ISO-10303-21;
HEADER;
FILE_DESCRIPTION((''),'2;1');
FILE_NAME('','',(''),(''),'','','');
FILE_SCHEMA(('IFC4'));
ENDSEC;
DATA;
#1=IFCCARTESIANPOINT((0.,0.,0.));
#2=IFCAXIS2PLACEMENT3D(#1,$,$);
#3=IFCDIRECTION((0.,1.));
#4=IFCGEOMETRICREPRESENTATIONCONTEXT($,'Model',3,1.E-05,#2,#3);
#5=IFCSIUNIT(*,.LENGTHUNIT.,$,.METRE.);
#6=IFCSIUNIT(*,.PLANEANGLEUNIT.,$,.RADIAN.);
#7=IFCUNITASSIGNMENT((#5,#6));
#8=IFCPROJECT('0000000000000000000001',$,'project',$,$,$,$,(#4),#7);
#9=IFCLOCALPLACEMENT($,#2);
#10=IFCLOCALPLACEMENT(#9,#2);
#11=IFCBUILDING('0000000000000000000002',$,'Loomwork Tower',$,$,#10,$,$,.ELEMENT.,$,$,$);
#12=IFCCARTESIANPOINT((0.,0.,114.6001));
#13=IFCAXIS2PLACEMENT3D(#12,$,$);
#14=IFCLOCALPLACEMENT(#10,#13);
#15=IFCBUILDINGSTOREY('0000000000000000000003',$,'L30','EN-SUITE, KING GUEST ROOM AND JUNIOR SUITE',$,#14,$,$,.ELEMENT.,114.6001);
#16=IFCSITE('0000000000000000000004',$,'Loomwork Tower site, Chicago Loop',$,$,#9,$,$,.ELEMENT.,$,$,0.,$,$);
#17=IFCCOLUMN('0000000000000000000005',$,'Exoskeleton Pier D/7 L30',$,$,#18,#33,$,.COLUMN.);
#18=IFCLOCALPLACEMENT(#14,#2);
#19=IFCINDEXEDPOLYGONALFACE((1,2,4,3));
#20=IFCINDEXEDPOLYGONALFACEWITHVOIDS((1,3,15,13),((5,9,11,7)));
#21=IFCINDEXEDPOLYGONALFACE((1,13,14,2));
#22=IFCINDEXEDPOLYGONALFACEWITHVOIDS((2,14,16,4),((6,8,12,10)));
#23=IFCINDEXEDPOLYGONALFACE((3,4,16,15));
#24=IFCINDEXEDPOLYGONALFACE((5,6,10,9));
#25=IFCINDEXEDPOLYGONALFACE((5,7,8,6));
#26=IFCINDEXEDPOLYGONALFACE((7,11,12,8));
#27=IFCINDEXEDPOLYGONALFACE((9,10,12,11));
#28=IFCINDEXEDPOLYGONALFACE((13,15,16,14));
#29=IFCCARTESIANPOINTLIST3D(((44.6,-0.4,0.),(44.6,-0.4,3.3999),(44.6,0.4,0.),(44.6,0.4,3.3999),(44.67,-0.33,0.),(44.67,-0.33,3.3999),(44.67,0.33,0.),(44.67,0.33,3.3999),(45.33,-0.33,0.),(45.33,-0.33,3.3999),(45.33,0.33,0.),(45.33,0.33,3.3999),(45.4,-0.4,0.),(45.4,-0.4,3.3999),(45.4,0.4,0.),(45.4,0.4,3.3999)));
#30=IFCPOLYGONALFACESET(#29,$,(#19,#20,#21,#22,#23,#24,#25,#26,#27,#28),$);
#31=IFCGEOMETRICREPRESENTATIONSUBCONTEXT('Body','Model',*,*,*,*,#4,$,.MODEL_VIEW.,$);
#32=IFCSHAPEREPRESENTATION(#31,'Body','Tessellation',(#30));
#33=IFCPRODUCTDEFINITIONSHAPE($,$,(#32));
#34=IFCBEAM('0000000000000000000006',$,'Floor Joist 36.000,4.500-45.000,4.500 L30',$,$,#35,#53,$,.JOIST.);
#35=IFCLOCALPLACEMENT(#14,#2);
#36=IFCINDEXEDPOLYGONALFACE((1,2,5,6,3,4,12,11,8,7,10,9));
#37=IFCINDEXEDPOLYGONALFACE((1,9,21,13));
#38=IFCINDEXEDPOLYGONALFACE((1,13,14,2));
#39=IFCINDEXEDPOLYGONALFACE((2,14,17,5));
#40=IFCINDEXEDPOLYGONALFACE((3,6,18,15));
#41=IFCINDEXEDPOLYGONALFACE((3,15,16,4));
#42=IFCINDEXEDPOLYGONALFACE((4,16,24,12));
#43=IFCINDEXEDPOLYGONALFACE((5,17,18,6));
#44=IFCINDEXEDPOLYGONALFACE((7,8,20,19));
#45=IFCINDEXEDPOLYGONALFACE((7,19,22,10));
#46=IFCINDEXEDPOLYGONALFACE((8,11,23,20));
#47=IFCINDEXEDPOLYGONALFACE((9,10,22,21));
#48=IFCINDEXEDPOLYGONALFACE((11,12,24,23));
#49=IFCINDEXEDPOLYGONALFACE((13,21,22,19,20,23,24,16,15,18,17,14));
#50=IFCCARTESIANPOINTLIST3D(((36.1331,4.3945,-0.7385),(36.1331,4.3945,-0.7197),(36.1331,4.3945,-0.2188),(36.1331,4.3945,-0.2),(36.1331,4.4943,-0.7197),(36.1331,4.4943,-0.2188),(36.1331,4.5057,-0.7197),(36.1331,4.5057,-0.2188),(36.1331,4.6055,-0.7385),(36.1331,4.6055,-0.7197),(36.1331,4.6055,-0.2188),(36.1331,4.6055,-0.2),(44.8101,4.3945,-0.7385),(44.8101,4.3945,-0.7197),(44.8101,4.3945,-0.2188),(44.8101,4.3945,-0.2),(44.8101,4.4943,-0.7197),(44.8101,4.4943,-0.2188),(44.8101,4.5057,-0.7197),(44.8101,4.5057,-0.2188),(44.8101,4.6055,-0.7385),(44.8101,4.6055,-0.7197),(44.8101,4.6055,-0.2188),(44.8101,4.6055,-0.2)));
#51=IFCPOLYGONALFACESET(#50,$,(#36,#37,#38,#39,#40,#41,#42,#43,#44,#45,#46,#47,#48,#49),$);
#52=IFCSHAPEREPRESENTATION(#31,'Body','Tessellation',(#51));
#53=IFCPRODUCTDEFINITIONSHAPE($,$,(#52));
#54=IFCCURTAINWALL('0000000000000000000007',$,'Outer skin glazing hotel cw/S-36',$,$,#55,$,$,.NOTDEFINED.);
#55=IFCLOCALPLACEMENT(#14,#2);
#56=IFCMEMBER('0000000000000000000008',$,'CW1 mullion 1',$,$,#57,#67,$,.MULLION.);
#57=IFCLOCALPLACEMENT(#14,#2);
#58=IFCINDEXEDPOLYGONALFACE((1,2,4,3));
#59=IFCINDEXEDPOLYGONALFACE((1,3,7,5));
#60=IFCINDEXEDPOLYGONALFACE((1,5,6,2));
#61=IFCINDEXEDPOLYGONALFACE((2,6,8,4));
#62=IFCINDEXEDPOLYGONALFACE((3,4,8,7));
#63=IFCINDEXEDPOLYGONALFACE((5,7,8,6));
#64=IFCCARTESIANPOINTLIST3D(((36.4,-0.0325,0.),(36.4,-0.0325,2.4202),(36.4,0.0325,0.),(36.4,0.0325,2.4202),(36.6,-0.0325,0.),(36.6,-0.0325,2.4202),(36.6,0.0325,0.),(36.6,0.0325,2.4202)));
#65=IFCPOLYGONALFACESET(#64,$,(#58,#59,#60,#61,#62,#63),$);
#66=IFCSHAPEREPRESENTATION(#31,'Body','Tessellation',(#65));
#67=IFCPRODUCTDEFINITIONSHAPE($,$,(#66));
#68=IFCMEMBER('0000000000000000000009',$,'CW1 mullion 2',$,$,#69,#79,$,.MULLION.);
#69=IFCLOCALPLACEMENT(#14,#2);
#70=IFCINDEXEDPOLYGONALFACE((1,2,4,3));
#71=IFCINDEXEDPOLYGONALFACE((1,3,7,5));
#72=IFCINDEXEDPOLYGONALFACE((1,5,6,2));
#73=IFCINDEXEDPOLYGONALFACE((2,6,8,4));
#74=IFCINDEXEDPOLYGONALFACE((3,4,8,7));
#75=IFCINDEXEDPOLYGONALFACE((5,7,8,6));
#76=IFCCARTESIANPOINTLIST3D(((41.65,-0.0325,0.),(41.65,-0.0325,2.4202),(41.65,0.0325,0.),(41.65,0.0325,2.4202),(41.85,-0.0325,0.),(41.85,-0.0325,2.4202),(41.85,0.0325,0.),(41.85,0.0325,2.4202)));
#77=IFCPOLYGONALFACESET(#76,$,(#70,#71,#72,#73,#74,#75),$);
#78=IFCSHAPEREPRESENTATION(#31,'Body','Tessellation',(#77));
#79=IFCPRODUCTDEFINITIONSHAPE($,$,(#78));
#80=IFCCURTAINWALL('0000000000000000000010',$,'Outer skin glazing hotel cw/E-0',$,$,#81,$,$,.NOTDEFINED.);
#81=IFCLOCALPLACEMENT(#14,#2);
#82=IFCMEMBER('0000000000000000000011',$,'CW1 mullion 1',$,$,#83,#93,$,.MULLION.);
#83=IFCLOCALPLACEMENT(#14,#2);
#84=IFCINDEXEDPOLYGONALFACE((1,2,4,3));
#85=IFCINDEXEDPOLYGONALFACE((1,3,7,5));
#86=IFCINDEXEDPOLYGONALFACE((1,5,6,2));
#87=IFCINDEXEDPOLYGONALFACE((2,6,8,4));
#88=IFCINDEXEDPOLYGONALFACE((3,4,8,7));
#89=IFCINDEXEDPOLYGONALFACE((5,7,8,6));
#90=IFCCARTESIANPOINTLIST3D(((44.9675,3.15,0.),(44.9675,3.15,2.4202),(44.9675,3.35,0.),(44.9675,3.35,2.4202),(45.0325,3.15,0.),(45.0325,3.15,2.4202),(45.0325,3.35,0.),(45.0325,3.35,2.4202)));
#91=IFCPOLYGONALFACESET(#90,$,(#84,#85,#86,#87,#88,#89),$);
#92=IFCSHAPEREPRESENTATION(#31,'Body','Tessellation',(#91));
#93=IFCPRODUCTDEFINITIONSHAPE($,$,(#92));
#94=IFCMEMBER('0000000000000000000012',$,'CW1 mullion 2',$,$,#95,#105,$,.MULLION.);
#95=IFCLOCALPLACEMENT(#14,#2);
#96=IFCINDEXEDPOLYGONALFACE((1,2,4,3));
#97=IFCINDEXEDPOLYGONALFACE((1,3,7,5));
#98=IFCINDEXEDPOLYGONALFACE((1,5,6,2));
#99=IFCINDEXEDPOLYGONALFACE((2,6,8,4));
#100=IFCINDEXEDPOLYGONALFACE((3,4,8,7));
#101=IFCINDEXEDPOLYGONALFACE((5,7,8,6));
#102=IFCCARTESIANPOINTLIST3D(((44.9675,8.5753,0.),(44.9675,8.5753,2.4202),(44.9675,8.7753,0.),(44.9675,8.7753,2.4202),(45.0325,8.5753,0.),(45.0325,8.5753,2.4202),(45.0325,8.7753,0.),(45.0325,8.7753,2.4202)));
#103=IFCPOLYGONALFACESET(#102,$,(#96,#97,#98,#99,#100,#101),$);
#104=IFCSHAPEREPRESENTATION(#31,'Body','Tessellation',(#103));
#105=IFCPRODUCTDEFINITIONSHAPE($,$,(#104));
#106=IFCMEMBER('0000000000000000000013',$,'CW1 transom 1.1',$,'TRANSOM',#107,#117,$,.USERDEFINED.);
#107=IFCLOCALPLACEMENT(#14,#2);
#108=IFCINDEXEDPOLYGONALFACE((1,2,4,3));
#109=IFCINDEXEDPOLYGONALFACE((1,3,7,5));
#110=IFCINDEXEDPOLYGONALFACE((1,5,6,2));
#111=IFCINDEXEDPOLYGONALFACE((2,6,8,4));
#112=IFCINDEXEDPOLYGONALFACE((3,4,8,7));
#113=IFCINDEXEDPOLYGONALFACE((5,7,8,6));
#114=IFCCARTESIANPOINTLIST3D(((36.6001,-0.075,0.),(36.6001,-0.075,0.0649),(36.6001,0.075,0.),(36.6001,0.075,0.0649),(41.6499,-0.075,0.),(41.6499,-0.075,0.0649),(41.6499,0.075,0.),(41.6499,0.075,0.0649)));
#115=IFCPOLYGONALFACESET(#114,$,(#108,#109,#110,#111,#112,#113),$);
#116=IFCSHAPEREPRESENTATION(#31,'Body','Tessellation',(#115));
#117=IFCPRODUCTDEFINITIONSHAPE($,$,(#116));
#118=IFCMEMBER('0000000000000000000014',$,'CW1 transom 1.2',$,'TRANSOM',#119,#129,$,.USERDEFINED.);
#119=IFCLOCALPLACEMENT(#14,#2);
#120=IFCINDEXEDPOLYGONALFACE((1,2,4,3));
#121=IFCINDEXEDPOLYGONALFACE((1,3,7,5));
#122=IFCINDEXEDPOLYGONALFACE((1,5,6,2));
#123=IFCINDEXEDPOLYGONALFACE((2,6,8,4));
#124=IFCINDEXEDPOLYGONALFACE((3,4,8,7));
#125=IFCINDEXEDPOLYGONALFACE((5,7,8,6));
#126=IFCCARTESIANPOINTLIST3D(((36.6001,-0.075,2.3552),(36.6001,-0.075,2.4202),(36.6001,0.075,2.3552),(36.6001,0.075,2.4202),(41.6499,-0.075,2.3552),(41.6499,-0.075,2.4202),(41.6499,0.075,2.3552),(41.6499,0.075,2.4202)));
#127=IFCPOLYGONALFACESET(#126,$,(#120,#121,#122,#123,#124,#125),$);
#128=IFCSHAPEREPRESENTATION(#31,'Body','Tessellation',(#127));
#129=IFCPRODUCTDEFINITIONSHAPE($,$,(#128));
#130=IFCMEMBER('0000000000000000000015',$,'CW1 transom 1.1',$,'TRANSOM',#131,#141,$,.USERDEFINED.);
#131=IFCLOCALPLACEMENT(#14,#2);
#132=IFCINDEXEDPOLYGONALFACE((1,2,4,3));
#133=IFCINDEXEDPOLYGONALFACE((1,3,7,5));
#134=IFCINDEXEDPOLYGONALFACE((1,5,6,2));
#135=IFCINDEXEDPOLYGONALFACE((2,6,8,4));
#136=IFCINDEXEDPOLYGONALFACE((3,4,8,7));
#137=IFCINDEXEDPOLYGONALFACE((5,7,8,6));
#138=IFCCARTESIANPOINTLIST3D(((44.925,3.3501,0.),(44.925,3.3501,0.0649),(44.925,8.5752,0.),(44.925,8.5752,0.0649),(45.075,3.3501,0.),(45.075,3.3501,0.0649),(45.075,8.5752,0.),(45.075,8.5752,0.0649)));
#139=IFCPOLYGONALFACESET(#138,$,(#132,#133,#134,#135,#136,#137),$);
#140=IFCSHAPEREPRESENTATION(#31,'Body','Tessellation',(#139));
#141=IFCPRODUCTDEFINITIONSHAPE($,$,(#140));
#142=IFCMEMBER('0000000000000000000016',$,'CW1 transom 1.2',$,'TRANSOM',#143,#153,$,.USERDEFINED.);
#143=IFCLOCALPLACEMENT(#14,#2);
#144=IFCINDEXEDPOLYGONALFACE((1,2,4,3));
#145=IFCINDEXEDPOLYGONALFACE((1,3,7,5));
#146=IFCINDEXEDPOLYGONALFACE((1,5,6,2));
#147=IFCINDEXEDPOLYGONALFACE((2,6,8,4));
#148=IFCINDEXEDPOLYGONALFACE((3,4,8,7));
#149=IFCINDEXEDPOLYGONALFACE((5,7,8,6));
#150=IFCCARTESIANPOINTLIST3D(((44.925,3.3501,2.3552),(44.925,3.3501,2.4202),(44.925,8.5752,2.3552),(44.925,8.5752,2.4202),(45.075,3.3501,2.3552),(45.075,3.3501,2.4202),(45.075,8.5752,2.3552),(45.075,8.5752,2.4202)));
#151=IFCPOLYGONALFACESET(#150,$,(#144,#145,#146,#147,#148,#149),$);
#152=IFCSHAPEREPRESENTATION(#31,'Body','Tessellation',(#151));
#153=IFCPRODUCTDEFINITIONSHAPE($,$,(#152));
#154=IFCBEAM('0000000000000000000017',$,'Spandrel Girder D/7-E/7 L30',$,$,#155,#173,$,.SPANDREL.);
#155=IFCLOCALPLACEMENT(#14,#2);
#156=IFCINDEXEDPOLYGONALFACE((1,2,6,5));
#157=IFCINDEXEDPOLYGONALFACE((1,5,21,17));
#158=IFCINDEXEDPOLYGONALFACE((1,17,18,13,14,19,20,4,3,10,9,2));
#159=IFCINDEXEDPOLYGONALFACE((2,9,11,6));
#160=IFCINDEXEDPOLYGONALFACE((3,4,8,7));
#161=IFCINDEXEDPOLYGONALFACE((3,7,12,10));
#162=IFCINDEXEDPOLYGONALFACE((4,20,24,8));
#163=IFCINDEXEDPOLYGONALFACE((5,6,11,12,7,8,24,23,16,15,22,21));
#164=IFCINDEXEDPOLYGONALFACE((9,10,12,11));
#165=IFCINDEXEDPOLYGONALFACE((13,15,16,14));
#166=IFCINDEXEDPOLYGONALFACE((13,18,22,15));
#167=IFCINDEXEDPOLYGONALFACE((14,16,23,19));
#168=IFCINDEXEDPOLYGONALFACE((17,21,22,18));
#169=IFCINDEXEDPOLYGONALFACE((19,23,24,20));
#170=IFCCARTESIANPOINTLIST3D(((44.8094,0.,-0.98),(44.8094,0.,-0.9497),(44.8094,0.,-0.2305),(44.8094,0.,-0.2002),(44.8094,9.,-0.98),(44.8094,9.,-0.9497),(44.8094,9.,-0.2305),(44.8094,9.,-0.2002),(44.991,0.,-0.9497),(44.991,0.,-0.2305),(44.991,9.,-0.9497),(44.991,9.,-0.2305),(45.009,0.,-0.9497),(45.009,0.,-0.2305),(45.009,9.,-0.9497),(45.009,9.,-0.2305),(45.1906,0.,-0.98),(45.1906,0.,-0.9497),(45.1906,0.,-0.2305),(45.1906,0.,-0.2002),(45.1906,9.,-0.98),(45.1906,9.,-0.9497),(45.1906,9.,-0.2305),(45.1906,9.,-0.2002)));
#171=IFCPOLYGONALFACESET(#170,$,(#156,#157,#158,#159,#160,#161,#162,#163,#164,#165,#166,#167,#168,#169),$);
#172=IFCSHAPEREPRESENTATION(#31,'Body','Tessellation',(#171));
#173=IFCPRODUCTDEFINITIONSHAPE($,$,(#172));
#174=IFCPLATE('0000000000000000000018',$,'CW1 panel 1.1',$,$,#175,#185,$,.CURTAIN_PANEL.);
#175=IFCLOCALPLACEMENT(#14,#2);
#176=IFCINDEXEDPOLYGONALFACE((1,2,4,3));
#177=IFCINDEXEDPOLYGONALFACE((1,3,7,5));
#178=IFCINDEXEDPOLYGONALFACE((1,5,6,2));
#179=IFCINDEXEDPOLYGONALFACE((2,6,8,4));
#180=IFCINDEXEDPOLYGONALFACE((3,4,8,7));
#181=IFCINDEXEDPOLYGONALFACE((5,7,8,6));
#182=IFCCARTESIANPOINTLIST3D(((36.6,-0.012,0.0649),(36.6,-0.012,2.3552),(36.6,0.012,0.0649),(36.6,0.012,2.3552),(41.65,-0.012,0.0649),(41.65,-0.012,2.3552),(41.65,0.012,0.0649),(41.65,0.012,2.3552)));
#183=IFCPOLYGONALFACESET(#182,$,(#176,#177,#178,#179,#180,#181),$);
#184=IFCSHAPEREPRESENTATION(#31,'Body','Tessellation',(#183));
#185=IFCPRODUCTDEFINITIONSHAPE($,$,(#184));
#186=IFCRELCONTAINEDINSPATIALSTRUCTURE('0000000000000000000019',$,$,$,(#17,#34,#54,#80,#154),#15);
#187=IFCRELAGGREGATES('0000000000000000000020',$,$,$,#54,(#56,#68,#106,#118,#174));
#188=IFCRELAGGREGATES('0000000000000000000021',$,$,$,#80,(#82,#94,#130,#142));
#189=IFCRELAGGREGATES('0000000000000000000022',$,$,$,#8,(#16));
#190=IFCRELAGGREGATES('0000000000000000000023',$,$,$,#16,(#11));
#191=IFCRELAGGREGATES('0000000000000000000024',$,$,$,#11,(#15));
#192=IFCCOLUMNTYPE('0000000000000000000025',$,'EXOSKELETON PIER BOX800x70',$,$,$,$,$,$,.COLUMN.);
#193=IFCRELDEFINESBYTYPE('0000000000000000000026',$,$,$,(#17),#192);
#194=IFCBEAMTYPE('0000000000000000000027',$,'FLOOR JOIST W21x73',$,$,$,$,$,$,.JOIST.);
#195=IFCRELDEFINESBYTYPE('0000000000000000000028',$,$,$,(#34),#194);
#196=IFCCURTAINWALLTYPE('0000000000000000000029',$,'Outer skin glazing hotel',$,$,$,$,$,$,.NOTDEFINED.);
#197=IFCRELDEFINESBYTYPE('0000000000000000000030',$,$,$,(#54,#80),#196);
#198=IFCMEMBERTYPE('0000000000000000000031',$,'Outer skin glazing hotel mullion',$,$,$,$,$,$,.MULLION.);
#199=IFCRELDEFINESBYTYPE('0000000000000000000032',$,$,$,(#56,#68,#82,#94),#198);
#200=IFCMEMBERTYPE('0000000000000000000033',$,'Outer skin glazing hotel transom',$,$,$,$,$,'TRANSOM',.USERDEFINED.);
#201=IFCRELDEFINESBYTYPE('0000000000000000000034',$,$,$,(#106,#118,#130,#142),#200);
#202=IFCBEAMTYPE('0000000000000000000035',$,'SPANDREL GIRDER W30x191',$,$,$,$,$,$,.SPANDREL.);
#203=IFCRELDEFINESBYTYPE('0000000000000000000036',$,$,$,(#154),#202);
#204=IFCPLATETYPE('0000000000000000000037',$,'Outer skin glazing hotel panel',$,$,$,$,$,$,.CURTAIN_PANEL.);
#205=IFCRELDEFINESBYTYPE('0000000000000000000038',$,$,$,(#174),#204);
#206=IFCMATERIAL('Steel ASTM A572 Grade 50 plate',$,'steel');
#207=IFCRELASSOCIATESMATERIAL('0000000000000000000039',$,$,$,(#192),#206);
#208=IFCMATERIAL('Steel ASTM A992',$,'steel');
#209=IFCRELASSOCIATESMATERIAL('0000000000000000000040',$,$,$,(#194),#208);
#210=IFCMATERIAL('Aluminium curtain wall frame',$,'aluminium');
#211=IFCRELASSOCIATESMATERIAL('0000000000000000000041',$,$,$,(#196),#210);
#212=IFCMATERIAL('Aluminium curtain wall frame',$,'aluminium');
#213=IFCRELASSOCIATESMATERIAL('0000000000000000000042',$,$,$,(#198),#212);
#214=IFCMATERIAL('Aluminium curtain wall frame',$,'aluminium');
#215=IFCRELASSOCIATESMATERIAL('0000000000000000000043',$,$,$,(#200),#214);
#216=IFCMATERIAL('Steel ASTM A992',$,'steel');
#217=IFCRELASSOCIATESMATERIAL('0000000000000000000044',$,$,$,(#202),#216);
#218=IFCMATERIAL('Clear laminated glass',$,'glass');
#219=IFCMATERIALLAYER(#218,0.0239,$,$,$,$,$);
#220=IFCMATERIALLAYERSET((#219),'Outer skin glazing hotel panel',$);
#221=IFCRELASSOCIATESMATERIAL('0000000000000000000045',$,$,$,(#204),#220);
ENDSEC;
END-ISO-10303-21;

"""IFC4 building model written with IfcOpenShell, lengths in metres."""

from ifc_helpers import new_model, si_unit, direction, frame, origin, origin_2d, place, context, subcontext, project, spatial, rectangle, hollow_rectangle, i_section, extrude, material, layer, layer_set, material_profile, profile_set, type_object, element, aggregate, save


model = new_model("IFC4")

# Units and contexts
model_context = context("Model", 3, precision=1e-05, world=origin(), true_north=direction((0.0, 1.0)))
body_context = subcontext(model_context, "Body", "Model", "MODEL_VIEW")
ifc_project = project(units=[si_unit("LENGTHUNIT", "METRE"), si_unit("PLANEANGLEUNIT", "RADIAN")], contexts=[model_context])

# Site, building, storey
site_placement = place(None, origin())
site = spatial("IfcSite", under=ifc_project, at=site_placement, Name="Loomwork Tower site, Chicago Loop", CompositionType="ELEMENT", RefElevation=0.0)
building_placement = place(site_placement, origin())
building = spatial("IfcBuilding", under=site, at=building_placement, Name="Loomwork Tower", CompositionType="ELEMENT")
storey_placement = place(building_placement, frame((0.0, 0.0, 114.6001)))
storey = spatial("IfcBuildingStorey", under=building, at=storey_placement, Name="L30", Description="EN-SUITE, KING GUEST ROOM AND JUNIOR SUITE", CompositionType="ELEMENT", Elevation=114.6001)

# Column
ifc_material_1 = material(Name="Steel ASTM A572 Grade 50 plate", Category="steel")
ifc_material_profile_1 = material_profile(ifc_material_1, hollow_rectangle(XDim=0.8, YDim=0.8, WallThickness=0.0701, at=origin_2d()), Name="BOX800x70")
ifc_profile_set_1 = profile_set([ifc_material_profile_1], Name="Steel ASTM A572 Grade 50 plate")
column_type = type_object("IfcColumnType", Name="EXOSKELETON PIER BOX800x70", PredefinedType="COLUMN", material=ifc_profile_set_1)
column_placement = place(storey_placement, frame((45.0, 0.0, 0.0), z_axis=(0.0, 0.0, 1.0), x_axis=(1.0, 0.0, 0.0)))
element("IfcColumn", 1, at=column_placement, inside=storey, type_object=column_type, Name="Exoskeleton Pier D/7 L30", PredefinedType="COLUMN", context=body_context, shape_type="SweptSolid", body=[
    extrude(hollow_rectangle(XDim=0.8, YDim=0.8, WallThickness=0.0701, at=origin_2d()), origin(), (0.0, 0.0, 1.0), 3.3999),
])

# Beam
ifc_material_2 = material(Name="Steel ASTM A992", Category="steel")
ifc_material_profile_2 = material_profile(ifc_material_2, i_section(OverallWidth=0.2109, OverallDepth=0.5386, WebThickness=0.0115, FlangeThickness=0.0188, at=origin_2d()), Name="W21x73")
ifc_profile_set_2 = profile_set([ifc_material_profile_2], Name="Steel ASTM A992")
beam_type_1 = type_object("IfcBeamType", Name="FLOOR JOIST W21x73", PredefinedType="JOIST", material=ifc_profile_set_2)
beam_1_placement = place(storey_placement, frame((36.1331, 4.5, -0.4692), z_axis=(1.0, 0.0, 0.0), x_axis=(0.0, 1.0, 0.0)))
element("IfcBeam", 2, at=beam_1_placement, inside=storey, type_object=beam_type_1, Name="Floor Joist 36.000,4.500-45.000,4.500 L30", PredefinedType="JOIST", context=body_context, shape_type="SweptSolid", body=[
    extrude(i_section(OverallWidth=0.2109, OverallDepth=0.5386, WebThickness=0.0115, FlangeThickness=0.0188, at=origin_2d()), origin(), (0.0, 0.0, 1.0), 8.677),
])

# Curtain walls, members
ifc_material_3 = material(Name="Aluminium curtain wall frame", Category="aluminium")
curtain_wall_type = type_object("IfcCurtainWallType", Name="Outer skin glazing hotel", PredefinedType="NOTDEFINED", material=ifc_material_3)
curtain_wall_1_placement = place(storey_placement, origin())
curtain_wall_1 = element("IfcCurtainWall", 3, at=curtain_wall_1_placement, inside=storey, type_object=curtain_wall_type, Name="Outer skin glazing hotel cw/S-36", PredefinedType="NOTDEFINED")
ifc_material_4 = material(Name="Aluminium curtain wall frame", Category="aluminium")
ifc_material_profile_3 = material_profile(ifc_material_4, rectangle(XDim=0.0649, YDim=0.2, at=origin_2d()), Name="AL 65x200")
ifc_profile_set_3 = profile_set([ifc_material_profile_3], Name="Aluminium curtain wall frame")
member_type_1 = type_object("IfcMemberType", Name="Outer skin glazing hotel mullion", PredefinedType="MULLION", material=ifc_profile_set_3)
member_1_placement = place(storey_placement, frame((36.5, 0.0, 0.0), z_axis=(0.0, 0.0, 1.0), x_axis=(0.0, 1.0, 0.0)))
member_1 = element("IfcMember", 4, at=member_1_placement, type_object=member_type_1, Name="CW1 mullion 1", PredefinedType="MULLION", context=body_context, shape_type="SweptSolid", body=[
    extrude(rectangle(XDim=0.0649, YDim=0.2, at=origin_2d()), origin(), (0.0, 0.0, 1.0), 2.4202),
])
member_2_placement = place(storey_placement, frame((41.75, 0.0, 0.0), z_axis=(0.0, 0.0, 1.0), x_axis=(0.0, 1.0, 0.0)))
member_2 = element("IfcMember", 5, at=member_2_placement, type_object=member_type_1, Name="CW1 mullion 2", PredefinedType="MULLION", context=body_context, shape_type="SweptSolid", body=[
    extrude(rectangle(XDim=0.0649, YDim=0.2, at=origin_2d()), origin(), (0.0, 0.0, 1.0), 2.4202),
])
curtain_wall_2_placement = place(storey_placement, origin())
curtain_wall_2 = element("IfcCurtainWall", 6, at=curtain_wall_2_placement, inside=storey, type_object=curtain_wall_type, Name="Outer skin glazing hotel cw/E-0", PredefinedType="NOTDEFINED")
member_3_placement = place(storey_placement, frame((45.0, 3.25, 0.0), z_axis=(0.0, 0.0, 1.0), x_axis=(-1.0, 0.0, 0.0)))
member_3 = element("IfcMember", 7, at=member_3_placement, type_object=member_type_1, Name="CW1 mullion 1", PredefinedType="MULLION", context=body_context, shape_type="SweptSolid", body=[
    extrude(rectangle(XDim=0.0649, YDim=0.2, at=origin_2d()), origin(), (0.0, 0.0, 1.0), 2.4202),
])
member_4_placement = place(storey_placement, frame((45.0, 8.6753, 0.0), z_axis=(0.0, 0.0, 1.0), x_axis=(-1.0, 0.0, 0.0)))
member_4 = element("IfcMember", 8, at=member_4_placement, type_object=member_type_1, Name="CW1 mullion 2", PredefinedType="MULLION", context=body_context, shape_type="SweptSolid", body=[
    extrude(rectangle(XDim=0.0649, YDim=0.2, at=origin_2d()), origin(), (0.0, 0.0, 1.0), 2.4202),
])

# Members
ifc_material_5 = material(Name="Aluminium curtain wall frame", Category="aluminium")
ifc_material_profile_4 = material_profile(ifc_material_5, rectangle(XDim=0.1499, YDim=0.0649, at=origin_2d()), Name="AL 65x150")
ifc_profile_set_4 = profile_set([ifc_material_profile_4], Name="Aluminium curtain wall frame")
member_type_2 = type_object("IfcMemberType", Name="Outer skin glazing hotel transom", ElementType="TRANSOM", PredefinedType="USERDEFINED", material=ifc_profile_set_4)
member_5_placement = place(storey_placement, frame((36.6001, 0.0, 0.0325), z_axis=(1.0, 0.0, 0.0), x_axis=(0.0, 1.0, 0.0)))
member_5 = element("IfcMember", 9, at=member_5_placement, type_object=member_type_2, Name="CW1 transom 1.1", ObjectType="TRANSOM", PredefinedType="USERDEFINED", context=body_context, shape_type="SweptSolid", body=[
    extrude(rectangle(XDim=0.1499, YDim=0.0649, at=origin_2d()), origin(), (0.0, 0.0, 1.0), 5.0498),
])
member_6_placement = place(storey_placement, frame((36.6001, 0.0, 2.3877), z_axis=(1.0, 0.0, 0.0), x_axis=(0.0, 1.0, 0.0)))
member_6 = element("IfcMember", 10, at=member_6_placement, type_object=member_type_2, Name="CW1 transom 1.2", ObjectType="TRANSOM", PredefinedType="USERDEFINED", context=body_context, shape_type="SweptSolid", body=[
    extrude(rectangle(XDim=0.1499, YDim=0.0649, at=origin_2d()), origin(), (0.0, 0.0, 1.0), 5.0498),
])
member_7_placement = place(storey_placement, frame((45.0, 3.3501, 0.0325), z_axis=(0.0, 1.0, 0.0), x_axis=(-1.0, 0.0, 0.0)))
member_7 = element("IfcMember", 11, at=member_7_placement, type_object=member_type_2, Name="CW1 transom 1.1", ObjectType="TRANSOM", PredefinedType="USERDEFINED", context=body_context, shape_type="SweptSolid", body=[
    extrude(rectangle(XDim=0.1499, YDim=0.0649, at=origin_2d()), origin(), (0.0, 0.0, 1.0), 5.2251),
])
member_8_placement = place(storey_placement, frame((45.0, 3.3501, 2.3877), z_axis=(0.0, 1.0, 0.0), x_axis=(-1.0, 0.0, 0.0)))
member_8 = element("IfcMember", 12, at=member_8_placement, type_object=member_type_2, Name="CW1 transom 1.2", ObjectType="TRANSOM", PredefinedType="USERDEFINED", context=body_context, shape_type="SweptSolid", body=[
    extrude(rectangle(XDim=0.1499, YDim=0.0649, at=origin_2d()), origin(), (0.0, 0.0, 1.0), 5.2251),
])

# Beam
ifc_material_6 = material(Name="Steel ASTM A992", Category="steel")
ifc_material_profile_5 = material_profile(ifc_material_6, i_section(OverallWidth=0.3811, OverallDepth=0.7798, WebThickness=0.0181, FlangeThickness=0.0303, at=origin_2d()), Name="W30x191")
ifc_profile_set_5 = profile_set([ifc_material_profile_5], Name="Steel ASTM A992")
beam_type_2 = type_object("IfcBeamType", Name="SPANDREL GIRDER W30x191", PredefinedType="SPANDREL", material=ifc_profile_set_5)
beam_2_placement = place(storey_placement, frame((45.0, 0.0, -0.5901), z_axis=(0.0, 1.0, 0.0), x_axis=(-1.0, 0.0, 0.0)))
element("IfcBeam", 13, at=beam_2_placement, inside=storey, type_object=beam_type_2, Name="Spandrel Girder D/7-E/7 L30", PredefinedType="SPANDREL", context=body_context, shape_type="SweptSolid", body=[
    extrude(i_section(OverallWidth=0.3811, OverallDepth=0.7798, WebThickness=0.0181, FlangeThickness=0.0303, at=origin_2d()), origin(), (0.0, 0.0, 1.0), 9.0),
])

# Plate
ifc_material_7 = material(Name="Clear laminated glass", Category="glass")
ifc_layer_1 = layer(ifc_material_7, 0.0239)
ifc_layer_set_1 = layer_set([ifc_layer_1], Name="Outer skin glazing hotel panel")
plate_type = type_object("IfcPlateType", Name="Outer skin glazing hotel panel", PredefinedType="CURTAIN_PANEL", material=ifc_layer_set_1)
plate_1_placement = place(storey_placement, frame((39.125, 0.0, 0.0649), z_axis=(0.0, 0.0, 1.0), x_axis=(1.0, 0.0, 0.0)))
plate_1 = element("IfcPlate", 14, at=plate_1_placement, type_object=plate_type, Name="CW1 panel 1.1", PredefinedType="CURTAIN_PANEL", context=body_context, shape_type="SweptSolid", body=[
    extrude(rectangle(XDim=5.05, YDim=0.0239, at=origin_2d()), origin(), (0.0, 0.0, 1.0), 2.2903),
])
aggregate(curtain_wall_1, [member_1, member_2, member_5, member_6, plate_1])
aggregate(curtain_wall_2, [member_3, member_4, member_7, member_8])

save(model, "model.ifc")
